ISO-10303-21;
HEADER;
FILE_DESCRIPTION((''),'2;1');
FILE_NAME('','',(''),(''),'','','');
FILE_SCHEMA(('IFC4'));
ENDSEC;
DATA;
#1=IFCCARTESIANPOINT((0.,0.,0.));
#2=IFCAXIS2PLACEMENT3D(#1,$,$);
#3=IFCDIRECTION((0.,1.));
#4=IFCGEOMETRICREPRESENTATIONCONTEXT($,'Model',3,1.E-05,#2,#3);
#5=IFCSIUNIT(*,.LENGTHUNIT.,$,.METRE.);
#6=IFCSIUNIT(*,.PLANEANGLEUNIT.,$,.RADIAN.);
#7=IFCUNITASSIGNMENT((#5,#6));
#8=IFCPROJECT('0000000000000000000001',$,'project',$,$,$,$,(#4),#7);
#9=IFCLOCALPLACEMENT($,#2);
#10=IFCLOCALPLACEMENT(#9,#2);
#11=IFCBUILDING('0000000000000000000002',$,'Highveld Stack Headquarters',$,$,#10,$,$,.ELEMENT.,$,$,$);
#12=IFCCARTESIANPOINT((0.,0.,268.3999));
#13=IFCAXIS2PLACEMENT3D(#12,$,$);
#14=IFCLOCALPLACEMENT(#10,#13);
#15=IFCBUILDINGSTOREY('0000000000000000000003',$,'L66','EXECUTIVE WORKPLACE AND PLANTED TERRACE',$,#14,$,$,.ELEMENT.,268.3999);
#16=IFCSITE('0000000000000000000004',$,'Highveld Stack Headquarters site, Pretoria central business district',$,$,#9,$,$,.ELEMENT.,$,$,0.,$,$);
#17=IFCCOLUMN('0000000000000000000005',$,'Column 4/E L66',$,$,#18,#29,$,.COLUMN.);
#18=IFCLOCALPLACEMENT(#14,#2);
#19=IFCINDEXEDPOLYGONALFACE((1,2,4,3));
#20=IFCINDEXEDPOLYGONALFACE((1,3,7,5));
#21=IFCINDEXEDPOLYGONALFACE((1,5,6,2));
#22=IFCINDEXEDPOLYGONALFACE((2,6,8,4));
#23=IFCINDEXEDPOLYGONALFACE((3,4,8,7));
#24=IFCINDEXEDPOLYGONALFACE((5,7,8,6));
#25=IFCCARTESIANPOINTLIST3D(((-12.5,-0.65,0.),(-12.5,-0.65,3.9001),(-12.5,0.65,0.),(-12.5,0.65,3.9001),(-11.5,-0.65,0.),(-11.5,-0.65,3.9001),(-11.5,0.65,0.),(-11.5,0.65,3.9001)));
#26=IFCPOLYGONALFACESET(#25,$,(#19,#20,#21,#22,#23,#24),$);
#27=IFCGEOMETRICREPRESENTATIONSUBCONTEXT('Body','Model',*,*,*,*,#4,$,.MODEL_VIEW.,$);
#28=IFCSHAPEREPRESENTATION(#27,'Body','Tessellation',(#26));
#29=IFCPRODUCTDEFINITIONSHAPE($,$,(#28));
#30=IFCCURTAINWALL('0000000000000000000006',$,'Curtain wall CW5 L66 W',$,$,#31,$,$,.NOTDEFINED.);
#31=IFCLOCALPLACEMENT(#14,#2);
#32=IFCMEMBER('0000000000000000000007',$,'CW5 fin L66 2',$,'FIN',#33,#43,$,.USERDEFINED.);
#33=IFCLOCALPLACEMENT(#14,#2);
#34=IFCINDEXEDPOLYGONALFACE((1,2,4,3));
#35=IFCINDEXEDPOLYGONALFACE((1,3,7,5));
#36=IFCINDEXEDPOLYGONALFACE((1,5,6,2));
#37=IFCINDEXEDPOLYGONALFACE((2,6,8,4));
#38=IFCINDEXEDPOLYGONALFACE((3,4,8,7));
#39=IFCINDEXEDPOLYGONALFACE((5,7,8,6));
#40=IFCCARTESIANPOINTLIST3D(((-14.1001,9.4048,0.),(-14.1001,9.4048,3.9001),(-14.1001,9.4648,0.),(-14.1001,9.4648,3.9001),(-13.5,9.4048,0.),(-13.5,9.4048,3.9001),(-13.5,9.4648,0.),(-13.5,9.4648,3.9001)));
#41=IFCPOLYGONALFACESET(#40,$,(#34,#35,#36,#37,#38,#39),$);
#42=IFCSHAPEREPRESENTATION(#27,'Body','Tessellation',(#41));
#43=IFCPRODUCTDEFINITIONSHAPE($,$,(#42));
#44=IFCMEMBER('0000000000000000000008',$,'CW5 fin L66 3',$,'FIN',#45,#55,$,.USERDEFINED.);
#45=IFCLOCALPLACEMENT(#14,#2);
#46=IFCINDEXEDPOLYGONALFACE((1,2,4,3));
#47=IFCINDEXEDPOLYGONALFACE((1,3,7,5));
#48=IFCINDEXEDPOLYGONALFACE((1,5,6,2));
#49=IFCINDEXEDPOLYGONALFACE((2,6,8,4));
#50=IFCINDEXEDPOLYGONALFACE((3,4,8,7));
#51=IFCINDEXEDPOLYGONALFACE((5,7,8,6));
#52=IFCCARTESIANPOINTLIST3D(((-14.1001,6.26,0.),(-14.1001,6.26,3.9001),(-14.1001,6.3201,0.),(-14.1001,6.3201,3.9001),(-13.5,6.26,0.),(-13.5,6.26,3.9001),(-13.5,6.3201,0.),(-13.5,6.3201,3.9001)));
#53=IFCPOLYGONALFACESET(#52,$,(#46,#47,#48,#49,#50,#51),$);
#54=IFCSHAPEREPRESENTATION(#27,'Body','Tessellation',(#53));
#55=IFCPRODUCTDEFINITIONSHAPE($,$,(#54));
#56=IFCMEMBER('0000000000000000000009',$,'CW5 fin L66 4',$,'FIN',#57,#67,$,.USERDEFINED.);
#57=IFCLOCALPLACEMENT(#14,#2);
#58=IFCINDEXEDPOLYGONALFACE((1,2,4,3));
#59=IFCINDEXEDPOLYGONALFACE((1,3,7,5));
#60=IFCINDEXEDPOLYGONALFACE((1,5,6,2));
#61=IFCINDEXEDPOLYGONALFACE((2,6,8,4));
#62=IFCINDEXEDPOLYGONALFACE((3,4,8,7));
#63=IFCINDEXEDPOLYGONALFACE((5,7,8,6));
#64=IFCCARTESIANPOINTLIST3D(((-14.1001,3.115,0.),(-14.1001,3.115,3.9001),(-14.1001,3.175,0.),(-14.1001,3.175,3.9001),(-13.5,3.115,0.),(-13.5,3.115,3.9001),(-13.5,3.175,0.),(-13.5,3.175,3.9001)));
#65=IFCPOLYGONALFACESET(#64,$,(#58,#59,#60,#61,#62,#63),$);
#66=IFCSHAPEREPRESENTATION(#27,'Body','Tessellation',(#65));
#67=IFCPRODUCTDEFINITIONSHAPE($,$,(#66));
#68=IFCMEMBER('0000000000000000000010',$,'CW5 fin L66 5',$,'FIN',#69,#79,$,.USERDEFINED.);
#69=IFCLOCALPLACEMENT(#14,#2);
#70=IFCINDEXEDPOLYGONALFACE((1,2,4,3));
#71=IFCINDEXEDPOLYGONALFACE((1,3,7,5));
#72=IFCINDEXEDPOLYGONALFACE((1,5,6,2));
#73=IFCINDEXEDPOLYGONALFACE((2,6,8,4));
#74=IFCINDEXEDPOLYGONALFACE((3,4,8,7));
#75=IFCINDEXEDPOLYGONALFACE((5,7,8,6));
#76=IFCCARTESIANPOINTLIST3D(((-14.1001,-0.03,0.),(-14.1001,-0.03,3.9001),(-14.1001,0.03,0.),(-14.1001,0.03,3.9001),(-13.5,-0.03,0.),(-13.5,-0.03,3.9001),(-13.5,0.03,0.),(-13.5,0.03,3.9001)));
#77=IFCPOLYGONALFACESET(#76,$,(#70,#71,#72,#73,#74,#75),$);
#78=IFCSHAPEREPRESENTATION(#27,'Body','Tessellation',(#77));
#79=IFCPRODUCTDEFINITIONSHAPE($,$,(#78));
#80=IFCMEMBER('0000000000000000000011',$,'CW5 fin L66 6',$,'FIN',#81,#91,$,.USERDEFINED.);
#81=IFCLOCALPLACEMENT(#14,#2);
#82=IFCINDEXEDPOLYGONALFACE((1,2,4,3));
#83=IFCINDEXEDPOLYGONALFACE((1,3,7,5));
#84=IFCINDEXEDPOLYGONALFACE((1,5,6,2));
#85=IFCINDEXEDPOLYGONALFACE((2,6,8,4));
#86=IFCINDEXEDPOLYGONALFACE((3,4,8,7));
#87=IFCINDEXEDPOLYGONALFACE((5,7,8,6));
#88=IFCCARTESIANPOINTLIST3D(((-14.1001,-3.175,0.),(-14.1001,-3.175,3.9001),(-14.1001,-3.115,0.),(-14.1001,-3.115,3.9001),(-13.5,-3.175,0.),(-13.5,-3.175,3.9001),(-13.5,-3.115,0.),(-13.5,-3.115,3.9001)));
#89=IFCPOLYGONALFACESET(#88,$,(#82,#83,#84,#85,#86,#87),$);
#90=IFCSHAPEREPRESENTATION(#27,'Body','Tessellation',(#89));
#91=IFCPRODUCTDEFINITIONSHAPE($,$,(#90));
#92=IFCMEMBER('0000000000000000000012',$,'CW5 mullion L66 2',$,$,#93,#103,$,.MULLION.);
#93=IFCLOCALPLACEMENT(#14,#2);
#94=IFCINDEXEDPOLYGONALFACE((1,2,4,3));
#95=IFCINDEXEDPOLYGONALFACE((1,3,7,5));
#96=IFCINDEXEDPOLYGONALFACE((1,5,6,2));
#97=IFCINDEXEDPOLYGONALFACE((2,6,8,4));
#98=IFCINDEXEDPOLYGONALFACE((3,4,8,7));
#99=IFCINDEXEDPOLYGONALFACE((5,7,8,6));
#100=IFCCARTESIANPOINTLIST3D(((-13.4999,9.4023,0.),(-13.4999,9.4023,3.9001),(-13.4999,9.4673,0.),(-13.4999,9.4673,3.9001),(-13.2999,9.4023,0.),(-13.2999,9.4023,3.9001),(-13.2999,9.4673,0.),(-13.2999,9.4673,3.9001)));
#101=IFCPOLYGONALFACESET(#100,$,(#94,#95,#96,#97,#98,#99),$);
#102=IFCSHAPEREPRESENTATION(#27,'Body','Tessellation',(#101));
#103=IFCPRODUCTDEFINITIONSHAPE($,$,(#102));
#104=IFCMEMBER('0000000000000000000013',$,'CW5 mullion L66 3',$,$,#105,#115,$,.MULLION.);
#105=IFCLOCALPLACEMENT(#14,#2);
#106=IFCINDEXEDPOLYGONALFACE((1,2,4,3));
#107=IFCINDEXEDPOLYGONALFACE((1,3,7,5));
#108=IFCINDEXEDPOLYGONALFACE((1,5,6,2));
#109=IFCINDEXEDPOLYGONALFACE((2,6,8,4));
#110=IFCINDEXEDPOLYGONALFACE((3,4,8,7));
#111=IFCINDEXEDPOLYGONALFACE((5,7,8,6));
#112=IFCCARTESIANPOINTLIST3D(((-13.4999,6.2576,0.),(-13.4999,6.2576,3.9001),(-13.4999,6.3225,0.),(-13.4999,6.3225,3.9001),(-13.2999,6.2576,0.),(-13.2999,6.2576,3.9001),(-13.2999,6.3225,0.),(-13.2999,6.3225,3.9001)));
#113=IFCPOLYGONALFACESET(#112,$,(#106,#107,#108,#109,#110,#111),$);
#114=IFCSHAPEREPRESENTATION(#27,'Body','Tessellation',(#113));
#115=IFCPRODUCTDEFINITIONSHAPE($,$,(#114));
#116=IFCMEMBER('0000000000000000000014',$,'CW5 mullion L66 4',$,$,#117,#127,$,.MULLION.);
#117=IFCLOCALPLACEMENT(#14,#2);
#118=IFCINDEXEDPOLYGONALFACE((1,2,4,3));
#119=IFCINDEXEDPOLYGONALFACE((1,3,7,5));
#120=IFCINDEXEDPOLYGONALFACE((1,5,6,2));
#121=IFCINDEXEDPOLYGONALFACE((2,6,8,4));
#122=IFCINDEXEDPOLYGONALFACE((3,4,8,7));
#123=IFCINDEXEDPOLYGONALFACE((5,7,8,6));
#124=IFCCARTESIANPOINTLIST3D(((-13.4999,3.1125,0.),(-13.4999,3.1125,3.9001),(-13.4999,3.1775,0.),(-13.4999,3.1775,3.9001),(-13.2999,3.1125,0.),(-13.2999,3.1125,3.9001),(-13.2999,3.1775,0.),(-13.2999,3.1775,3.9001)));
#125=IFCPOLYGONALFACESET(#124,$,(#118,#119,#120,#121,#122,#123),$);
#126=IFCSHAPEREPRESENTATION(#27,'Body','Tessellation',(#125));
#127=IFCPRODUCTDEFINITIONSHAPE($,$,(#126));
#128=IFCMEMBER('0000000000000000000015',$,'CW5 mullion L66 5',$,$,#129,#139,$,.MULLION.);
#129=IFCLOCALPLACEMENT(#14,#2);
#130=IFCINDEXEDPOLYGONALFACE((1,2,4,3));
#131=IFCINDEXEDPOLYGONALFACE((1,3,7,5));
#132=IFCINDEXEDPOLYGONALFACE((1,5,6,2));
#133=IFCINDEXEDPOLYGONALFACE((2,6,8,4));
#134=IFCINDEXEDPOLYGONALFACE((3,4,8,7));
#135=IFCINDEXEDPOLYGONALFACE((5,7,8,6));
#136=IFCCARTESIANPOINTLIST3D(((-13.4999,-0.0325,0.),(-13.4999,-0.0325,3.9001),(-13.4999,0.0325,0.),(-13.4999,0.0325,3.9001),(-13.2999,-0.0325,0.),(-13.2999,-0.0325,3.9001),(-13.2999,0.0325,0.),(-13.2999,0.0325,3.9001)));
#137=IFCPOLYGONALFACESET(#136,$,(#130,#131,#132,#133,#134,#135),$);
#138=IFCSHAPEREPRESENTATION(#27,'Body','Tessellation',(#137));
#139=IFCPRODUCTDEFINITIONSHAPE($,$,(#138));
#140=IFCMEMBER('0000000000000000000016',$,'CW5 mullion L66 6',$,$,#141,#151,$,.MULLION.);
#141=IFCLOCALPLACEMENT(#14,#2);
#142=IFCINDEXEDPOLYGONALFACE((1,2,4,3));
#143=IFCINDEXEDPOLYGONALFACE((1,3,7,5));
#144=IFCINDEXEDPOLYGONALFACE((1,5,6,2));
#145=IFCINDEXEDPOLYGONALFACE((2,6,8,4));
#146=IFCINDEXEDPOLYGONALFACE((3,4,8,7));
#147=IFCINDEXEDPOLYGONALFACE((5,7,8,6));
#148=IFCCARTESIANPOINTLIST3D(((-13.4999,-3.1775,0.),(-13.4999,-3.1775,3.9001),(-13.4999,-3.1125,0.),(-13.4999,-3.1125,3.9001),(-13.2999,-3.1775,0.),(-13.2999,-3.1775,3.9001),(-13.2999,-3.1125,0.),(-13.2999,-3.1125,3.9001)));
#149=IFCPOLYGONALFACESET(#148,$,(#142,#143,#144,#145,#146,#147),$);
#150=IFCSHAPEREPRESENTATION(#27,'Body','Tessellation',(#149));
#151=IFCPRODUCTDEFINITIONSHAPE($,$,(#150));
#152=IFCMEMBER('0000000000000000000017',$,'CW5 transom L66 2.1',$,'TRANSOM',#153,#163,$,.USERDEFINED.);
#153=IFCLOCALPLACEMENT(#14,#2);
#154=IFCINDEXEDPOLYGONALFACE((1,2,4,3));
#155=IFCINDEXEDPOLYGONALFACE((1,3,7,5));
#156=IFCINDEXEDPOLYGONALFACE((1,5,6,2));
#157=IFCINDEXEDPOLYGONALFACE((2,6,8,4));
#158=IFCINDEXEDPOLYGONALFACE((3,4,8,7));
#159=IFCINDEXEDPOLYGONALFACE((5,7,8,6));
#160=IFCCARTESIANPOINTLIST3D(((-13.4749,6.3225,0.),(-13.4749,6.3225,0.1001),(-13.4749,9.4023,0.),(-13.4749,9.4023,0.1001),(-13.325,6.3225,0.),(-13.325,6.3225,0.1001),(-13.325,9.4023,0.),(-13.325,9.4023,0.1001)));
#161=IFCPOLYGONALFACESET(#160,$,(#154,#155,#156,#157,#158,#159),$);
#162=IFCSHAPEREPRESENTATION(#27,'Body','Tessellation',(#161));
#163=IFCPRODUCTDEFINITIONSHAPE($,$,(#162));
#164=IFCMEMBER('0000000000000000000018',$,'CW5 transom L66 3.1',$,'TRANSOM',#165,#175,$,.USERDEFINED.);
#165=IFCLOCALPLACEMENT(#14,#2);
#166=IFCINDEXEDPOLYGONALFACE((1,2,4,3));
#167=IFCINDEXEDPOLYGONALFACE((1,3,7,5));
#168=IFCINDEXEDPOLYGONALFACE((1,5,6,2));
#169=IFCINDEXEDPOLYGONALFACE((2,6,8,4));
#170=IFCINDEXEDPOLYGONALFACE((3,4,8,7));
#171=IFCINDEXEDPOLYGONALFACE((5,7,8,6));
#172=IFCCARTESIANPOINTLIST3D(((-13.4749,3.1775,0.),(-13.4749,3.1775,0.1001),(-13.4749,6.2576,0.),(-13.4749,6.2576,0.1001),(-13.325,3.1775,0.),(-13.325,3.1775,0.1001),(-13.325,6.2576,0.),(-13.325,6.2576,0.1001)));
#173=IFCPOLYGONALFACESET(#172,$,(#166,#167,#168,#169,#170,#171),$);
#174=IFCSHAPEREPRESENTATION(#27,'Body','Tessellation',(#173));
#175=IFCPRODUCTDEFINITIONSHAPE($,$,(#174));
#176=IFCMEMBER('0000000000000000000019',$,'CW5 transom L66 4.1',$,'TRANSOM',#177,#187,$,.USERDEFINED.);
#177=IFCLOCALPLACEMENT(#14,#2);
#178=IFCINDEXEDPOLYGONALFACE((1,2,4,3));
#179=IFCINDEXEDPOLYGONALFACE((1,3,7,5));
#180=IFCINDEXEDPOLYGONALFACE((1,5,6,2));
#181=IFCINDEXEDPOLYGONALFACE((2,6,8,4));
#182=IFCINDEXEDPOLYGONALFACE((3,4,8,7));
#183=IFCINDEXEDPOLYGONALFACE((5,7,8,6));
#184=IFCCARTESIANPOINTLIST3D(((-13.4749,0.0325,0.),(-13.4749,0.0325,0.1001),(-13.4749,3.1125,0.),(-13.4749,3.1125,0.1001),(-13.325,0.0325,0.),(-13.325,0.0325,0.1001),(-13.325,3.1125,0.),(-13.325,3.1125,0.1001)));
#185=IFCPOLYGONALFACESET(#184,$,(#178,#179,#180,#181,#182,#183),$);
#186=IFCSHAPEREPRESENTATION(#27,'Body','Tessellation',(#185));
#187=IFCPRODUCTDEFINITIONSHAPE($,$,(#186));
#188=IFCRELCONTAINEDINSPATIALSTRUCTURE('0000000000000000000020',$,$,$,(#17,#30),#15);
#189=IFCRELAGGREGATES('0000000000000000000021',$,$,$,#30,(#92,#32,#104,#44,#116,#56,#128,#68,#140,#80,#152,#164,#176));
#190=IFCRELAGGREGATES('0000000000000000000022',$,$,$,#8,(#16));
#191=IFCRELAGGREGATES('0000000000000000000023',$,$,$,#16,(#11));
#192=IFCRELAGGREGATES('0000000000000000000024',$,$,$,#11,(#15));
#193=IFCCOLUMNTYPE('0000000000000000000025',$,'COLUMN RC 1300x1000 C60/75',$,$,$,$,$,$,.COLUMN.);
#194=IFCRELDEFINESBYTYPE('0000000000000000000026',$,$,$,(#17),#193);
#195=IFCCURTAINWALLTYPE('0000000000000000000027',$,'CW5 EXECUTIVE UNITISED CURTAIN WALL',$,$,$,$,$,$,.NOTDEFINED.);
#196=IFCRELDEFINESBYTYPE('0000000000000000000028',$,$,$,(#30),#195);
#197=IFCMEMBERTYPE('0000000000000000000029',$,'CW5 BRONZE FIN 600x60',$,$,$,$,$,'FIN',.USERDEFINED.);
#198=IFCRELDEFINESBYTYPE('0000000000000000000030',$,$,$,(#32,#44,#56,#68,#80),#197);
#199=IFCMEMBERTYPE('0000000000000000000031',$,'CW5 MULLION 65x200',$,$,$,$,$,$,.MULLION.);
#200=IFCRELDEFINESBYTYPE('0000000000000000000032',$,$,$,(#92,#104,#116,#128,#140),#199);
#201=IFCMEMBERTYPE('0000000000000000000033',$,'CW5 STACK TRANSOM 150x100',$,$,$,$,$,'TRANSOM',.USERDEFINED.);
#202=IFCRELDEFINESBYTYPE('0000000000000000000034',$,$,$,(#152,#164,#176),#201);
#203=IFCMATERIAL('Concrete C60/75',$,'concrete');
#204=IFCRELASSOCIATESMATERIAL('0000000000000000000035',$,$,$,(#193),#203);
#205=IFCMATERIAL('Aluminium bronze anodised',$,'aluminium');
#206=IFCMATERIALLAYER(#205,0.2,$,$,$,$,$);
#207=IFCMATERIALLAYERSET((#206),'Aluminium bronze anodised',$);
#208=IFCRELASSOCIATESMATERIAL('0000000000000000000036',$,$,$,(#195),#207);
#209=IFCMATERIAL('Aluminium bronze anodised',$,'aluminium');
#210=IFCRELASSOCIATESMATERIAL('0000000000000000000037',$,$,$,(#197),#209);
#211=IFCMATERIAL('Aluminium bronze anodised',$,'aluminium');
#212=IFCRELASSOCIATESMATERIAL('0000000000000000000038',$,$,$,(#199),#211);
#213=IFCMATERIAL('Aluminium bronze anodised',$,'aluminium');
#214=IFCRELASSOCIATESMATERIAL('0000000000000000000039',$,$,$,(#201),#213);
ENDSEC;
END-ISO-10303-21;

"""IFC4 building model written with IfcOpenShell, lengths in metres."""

from ifc_helpers import new_model, si_unit, direction, frame, origin, origin_2d, place, context, subcontext, project, spatial, rectangle, extrude, material, layer, layer_set, material_profile, profile_set, type_object, element, aggregate, save


model = new_model("IFC4")

# Units and contexts
model_context = context("Model", 3, precision=1e-05, world=origin(), true_north=direction((0.0, 1.0)))
body_context = subcontext(model_context, "Body", "Model", "MODEL_VIEW")
ifc_project = project(units=[si_unit("LENGTHUNIT", "METRE"), si_unit("PLANEANGLEUNIT", "RADIAN")], contexts=[model_context])

# Site, building, storey
site_placement = place(None, origin())
site = spatial("IfcSite", under=ifc_project, at=site_placement, Name="Highveld Stack Headquarters site, Pretoria central business district", CompositionType="ELEMENT", RefElevation=0.0)
building_placement = place(site_placement, origin())
building = spatial("IfcBuilding", under=site, at=building_placement, Name="Highveld Stack Headquarters", CompositionType="ELEMENT")
storey_placement = place(building_placement, frame((0.0, 0.0, 268.3999)))
storey = spatial("IfcBuildingStorey", under=building, at=storey_placement, Name="L66", Description="EXECUTIVE WORKPLACE AND PLANTED TERRACE", CompositionType="ELEMENT", Elevation=268.3999)

# Column
ifc_material_1 = material(Name="Concrete C60/75", Category="concrete")
ifc_material_profile_1 = material_profile(ifc_material_1, rectangle(XDim=1.3, YDim=1.0, at=origin_2d()), Name="RC 1300x1000")
ifc_profile_set_1 = profile_set([ifc_material_profile_1], Name="Concrete C60/75")
column_type = type_object("IfcColumnType", Name="COLUMN RC 1300x1000 C60/75", PredefinedType="COLUMN", material=ifc_profile_set_1)
column_placement = place(storey_placement, frame((-12.0, 0.0, 0.0), z_axis=(0.0, 0.0, 1.0), x_axis=(0.0, 1.0, 0.0)))
element("IfcColumn", 1, at=column_placement, inside=storey, type_object=column_type, Name="Column 4/E L66", PredefinedType="COLUMN", context=body_context, shape_type="SweptSolid", body=[
    extrude(rectangle(XDim=1.3, YDim=1.0, at=origin_2d()), origin(), (0.0, 0.0, 1.0), 3.9001),
])

# Curtain wall, members
ifc_material_2 = material(Name="Aluminium bronze anodised", Category="aluminium")
ifc_layer_1 = layer(ifc_material_2, 0.2)
ifc_layer_set_1 = layer_set([ifc_layer_1], Name="Aluminium bronze anodised")
curtain_wall_type = type_object("IfcCurtainWallType", Name="CW5 EXECUTIVE UNITISED CURTAIN WALL", PredefinedType="NOTDEFINED", material=ifc_layer_set_1)
curtain_wall_placement = place(storey_placement, origin())
curtain_wall = element("IfcCurtainWall", 2, at=curtain_wall_placement, inside=storey, type_object=curtain_wall_type, Name="Curtain wall CW5 L66 W", PredefinedType="NOTDEFINED")
ifc_material_3 = material(Name="Aluminium bronze anodised", Category="aluminium")
ifc_material_profile_2 = material_profile(ifc_material_3, rectangle(XDim=0.6001, YDim=0.0601, at=origin_2d()), Name="FIN 600x60")
ifc_profile_set_2 = profile_set([ifc_material_profile_2], Name="Aluminium bronze anodised")
member_type_1 = type_object("IfcMemberType", Name="CW5 BRONZE FIN 600x60", ElementType="FIN", PredefinedType="USERDEFINED", material=ifc_profile_set_2)
member_1_placement = place(storey_placement, frame((-13.8, 9.4348, 0.0), z_axis=(0.0, 0.0, 1.0), x_axis=(1.0, 0.0, 0.0)))
member_1 = element("IfcMember", 3, at=member_1_placement, type_object=member_type_1, Name="CW5 fin L66 2", ObjectType="FIN", PredefinedType="USERDEFINED", context=body_context, shape_type="SweptSolid", body=[
    extrude(rectangle(XDim=0.6001, YDim=0.0601, at=origin_2d()), origin(), (0.0, 0.0, 1.0), 3.9001),
])
member_2_placement = place(storey_placement, frame((-13.8, 6.29, 0.0), z_axis=(0.0, 0.0, 1.0), x_axis=(1.0, 0.0, 0.0)))
member_2 = element("IfcMember", 4, at=member_2_placement, type_object=member_type_1, Name="CW5 fin L66 3", ObjectType="FIN", PredefinedType="USERDEFINED", context=body_context, shape_type="SweptSolid", body=[
    extrude(rectangle(XDim=0.6001, YDim=0.0601, at=origin_2d()), origin(), (0.0, 0.0, 1.0), 3.9001),
])
member_3_placement = place(storey_placement, frame((-13.8, 3.145, 0.0), z_axis=(0.0, 0.0, 1.0), x_axis=(1.0, 0.0, 0.0)))
member_3 = element("IfcMember", 5, at=member_3_placement, type_object=member_type_1, Name="CW5 fin L66 4", ObjectType="FIN", PredefinedType="USERDEFINED", context=body_context, shape_type="SweptSolid", body=[
    extrude(rectangle(XDim=0.6001, YDim=0.0601, at=origin_2d()), origin(), (0.0, 0.0, 1.0), 3.9001),
])
member_4_placement = place(storey_placement, frame((-13.8, 0.0, 0.0), z_axis=(0.0, 0.0, 1.0), x_axis=(1.0, 0.0, 0.0)))
member_4 = element("IfcMember", 6, at=member_4_placement, type_object=member_type_1, Name="CW5 fin L66 5", ObjectType="FIN", PredefinedType="USERDEFINED", context=body_context, shape_type="SweptSolid", body=[
    extrude(rectangle(XDim=0.6001, YDim=0.0601, at=origin_2d()), origin(), (0.0, 0.0, 1.0), 3.9001),
])
member_5_placement = place(storey_placement, frame((-13.8, -3.145, 0.0), z_axis=(0.0, 0.0, 1.0), x_axis=(1.0, 0.0, 0.0)))
member_5 = element("IfcMember", 7, at=member_5_placement, type_object=member_type_1, Name="CW5 fin L66 6", ObjectType="FIN", PredefinedType="USERDEFINED", context=body_context, shape_type="SweptSolid", body=[
    extrude(rectangle(XDim=0.6001, YDim=0.0601, at=origin_2d()), origin(), (0.0, 0.0, 1.0), 3.9001),
])
ifc_material_4 = material(Name="Aluminium bronze anodised", Category="aluminium")
ifc_material_profile_3 = material_profile(ifc_material_4, rectangle(XDim=0.2, YDim=0.0649, at=origin_2d()), Name="CW5 MULLION 65x200")
ifc_profile_set_3 = profile_set([ifc_material_profile_3], Name="Aluminium bronze anodised")
member_type_2 = type_object("IfcMemberType", Name="CW5 MULLION 65x200", PredefinedType="MULLION", material=ifc_profile_set_3)
member_6_placement = place(storey_placement, frame((-13.3999, 9.4348, 0.0), z_axis=(0.0, 0.0, 1.0), x_axis=(1.0, 0.0, 0.0)))
member_6 = element("IfcMember", 8, at=member_6_placement, type_object=member_type_2, Name="CW5 mullion L66 2", PredefinedType="MULLION", context=body_context, shape_type="SweptSolid", body=[
    extrude(rectangle(XDim=0.2, YDim=0.0649, at=origin_2d()), origin(), (0.0, 0.0, 1.0), 3.9001),
])
member_7_placement = place(storey_placement, frame((-13.3999, 6.29, 0.0), z_axis=(0.0, 0.0, 1.0), x_axis=(1.0, 0.0, 0.0)))
member_7 = element("IfcMember", 9, at=member_7_placement, type_object=member_type_2, Name="CW5 mullion L66 3", PredefinedType="MULLION", context=body_context, shape_type="SweptSolid", body=[
    extrude(rectangle(XDim=0.2, YDim=0.0649, at=origin_2d()), origin(), (0.0, 0.0, 1.0), 3.9001),
])
member_8_placement = place(storey_placement, frame((-13.3999, 3.145, 0.0), z_axis=(0.0, 0.0, 1.0), x_axis=(1.0, 0.0, 0.0)))
member_8 = element("IfcMember", 10, at=member_8_placement, type_object=member_type_2, Name="CW5 mullion L66 4", PredefinedType="MULLION", context=body_context, shape_type="SweptSolid", body=[
    extrude(rectangle(XDim=0.2, YDim=0.0649, at=origin_2d()), origin(), (0.0, 0.0, 1.0), 3.9001),
])
member_9_placement = place(storey_placement, frame((-13.3999, 0.0, 0.0), z_axis=(0.0, 0.0, 1.0), x_axis=(1.0, 0.0, 0.0)))
member_9 = element("IfcMember", 11, at=member_9_placement, type_object=member_type_2, Name="CW5 mullion L66 5", PredefinedType="MULLION", context=body_context, shape_type="SweptSolid", body=[
    extrude(rectangle(XDim=0.2, YDim=0.0649, at=origin_2d()), origin(), (0.0, 0.0, 1.0), 3.9001),
])
member_10_placement = place(storey_placement, frame((-13.3999, -3.145, 0.0), z_axis=(0.0, 0.0, 1.0), x_axis=(1.0, 0.0, 0.0)))
member_10 = element("IfcMember", 12, at=member_10_placement, type_object=member_type_2, Name="CW5 mullion L66 6", PredefinedType="MULLION", context=body_context, shape_type="SweptSolid", body=[
    extrude(rectangle(XDim=0.2, YDim=0.0649, at=origin_2d()), origin(), (0.0, 0.0, 1.0), 3.9001),
])
ifc_material_5 = material(Name="Aluminium bronze anodised", Category="aluminium")
ifc_material_profile_4 = material_profile(ifc_material_5, rectangle(XDim=0.1499, YDim=0.1001, at=origin_2d()), Name="CW5 TRANSOM 150x100")
ifc_profile_set_4 = profile_set([ifc_material_profile_4], Name="Aluminium bronze anodised")
member_type_3 = type_object("IfcMemberType", Name="CW5 STACK TRANSOM 150x100", ElementType="TRANSOM", PredefinedType="USERDEFINED", material=ifc_profile_set_4)
member_11_placement = place(storey_placement, frame((-13.3999, 9.4023, 0.05), z_axis=(0.0, -1.0, 0.0), x_axis=(1.0, 0.0, 0.0)))
member_11 = element("IfcMember", 13, at=member_11_placement, type_object=member_type_3, Name="CW5 transom L66 2.1", ObjectType="TRANSOM", PredefinedType="USERDEFINED", context=body_context, shape_type="SweptSolid", body=[
    extrude(rectangle(XDim=0.1499, YDim=0.1001, at=origin_2d()), origin(), (0.0, 0.0, 1.0), 3.0798),
])
member_12_placement = place(storey_placement, frame((-13.3999, 6.2576, 0.05), z_axis=(0.0, -1.0, 0.0), x_axis=(1.0, 0.0, 0.0)))
member_12 = element("IfcMember", 14, at=member_12_placement, type_object=member_type_3, Name="CW5 transom L66 3.1", ObjectType="TRANSOM", PredefinedType="USERDEFINED", context=body_context, shape_type="SweptSolid", body=[
    extrude(rectangle(XDim=0.1499, YDim=0.1001, at=origin_2d()), origin(), (0.0, 0.0, 1.0), 3.0801),
])
member_13_placement = place(storey_placement, frame((-13.3999, 3.1125, 0.05), z_axis=(0.0, -1.0, 0.0), x_axis=(1.0, 0.0, 0.0)))
member_13 = element("IfcMember", 15, at=member_13_placement, type_object=member_type_3, Name="CW5 transom L66 4.1", ObjectType="TRANSOM", PredefinedType="USERDEFINED", context=body_context, shape_type="SweptSolid", body=[
    extrude(rectangle(XDim=0.1499, YDim=0.1001, at=origin_2d()), origin(), (0.0, 0.0, 1.0), 3.0801),
])
aggregate(curtain_wall, [member_6, member_1, member_7, member_2, member_8, member_3, member_9, member_4, member_10, member_5, member_11, member_12, member_13])

save(model, "model.ifc")
